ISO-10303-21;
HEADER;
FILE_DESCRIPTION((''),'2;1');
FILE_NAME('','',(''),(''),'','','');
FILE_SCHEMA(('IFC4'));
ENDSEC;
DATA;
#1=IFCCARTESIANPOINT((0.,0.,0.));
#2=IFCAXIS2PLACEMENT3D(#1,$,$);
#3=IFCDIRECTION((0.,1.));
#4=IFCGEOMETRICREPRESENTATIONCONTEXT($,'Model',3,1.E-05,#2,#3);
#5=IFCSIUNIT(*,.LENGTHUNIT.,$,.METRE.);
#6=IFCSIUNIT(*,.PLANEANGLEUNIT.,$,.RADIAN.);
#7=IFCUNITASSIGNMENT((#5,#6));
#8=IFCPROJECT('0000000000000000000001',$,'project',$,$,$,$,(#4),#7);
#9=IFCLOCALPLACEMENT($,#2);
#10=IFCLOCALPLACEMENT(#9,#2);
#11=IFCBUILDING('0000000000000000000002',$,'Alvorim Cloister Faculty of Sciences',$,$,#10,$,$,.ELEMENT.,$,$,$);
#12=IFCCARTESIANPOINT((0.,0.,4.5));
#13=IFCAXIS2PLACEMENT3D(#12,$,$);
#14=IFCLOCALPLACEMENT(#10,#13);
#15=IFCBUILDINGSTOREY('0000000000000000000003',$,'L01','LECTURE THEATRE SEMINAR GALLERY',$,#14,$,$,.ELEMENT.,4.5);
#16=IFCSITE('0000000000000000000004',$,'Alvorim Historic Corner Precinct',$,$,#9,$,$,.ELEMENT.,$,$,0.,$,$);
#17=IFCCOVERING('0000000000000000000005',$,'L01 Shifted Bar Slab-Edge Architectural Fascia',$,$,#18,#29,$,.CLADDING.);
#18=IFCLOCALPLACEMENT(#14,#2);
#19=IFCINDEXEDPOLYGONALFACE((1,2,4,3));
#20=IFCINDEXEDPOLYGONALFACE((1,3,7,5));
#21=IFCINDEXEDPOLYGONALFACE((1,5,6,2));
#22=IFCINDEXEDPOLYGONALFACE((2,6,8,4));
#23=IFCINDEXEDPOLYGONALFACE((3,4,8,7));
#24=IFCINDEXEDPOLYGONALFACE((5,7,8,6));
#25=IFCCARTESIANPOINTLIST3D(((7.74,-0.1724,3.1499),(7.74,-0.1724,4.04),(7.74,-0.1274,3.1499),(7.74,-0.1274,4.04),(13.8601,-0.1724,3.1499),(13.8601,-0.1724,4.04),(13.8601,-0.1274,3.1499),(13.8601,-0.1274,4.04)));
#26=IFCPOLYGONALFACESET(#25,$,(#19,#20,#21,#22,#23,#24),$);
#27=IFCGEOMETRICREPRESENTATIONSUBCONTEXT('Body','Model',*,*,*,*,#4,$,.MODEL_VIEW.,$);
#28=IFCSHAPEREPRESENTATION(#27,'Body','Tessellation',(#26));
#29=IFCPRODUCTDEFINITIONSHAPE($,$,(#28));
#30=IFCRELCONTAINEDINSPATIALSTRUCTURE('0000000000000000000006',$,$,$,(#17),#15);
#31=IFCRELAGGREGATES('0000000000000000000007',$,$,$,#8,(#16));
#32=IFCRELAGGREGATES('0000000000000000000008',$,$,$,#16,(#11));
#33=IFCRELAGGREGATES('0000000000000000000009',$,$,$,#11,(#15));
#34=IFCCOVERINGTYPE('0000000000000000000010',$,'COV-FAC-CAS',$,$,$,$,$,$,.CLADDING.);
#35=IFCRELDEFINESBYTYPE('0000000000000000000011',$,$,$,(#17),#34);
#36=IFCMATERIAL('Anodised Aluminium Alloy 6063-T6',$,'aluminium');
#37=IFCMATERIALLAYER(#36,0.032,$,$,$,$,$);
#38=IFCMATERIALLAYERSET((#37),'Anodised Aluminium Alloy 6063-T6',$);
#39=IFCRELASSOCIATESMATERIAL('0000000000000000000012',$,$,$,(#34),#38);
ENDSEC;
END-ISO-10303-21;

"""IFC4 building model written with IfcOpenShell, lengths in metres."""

from ifc_helpers import new_model, si_unit, direction, frame, origin, place, context, subcontext, project, spatial, polyline, outline, extrude, material, layer, layer_set, type_object, element, save


model = new_model("IFC4")

# Units and contexts
model_context = context("Model", 3, precision=1e-05, world=origin(), true_north=direction((0.0, 1.0)))
body_context = subcontext(model_context, "Body", "Model", "MODEL_VIEW")
ifc_project = project(units=[si_unit("LENGTHUNIT", "METRE"), si_unit("PLANEANGLEUNIT", "RADIAN")], contexts=[model_context])

# Site, building, storey
site_placement = place(None, origin())
site = spatial("IfcSite", under=ifc_project, at=site_placement, Name="Alvorim Historic Corner Precinct", CompositionType="ELEMENT", RefElevation=0.0)
building_placement = place(site_placement, origin())
building = spatial("IfcBuilding", under=site, at=building_placement, Name="Alvorim Cloister Faculty of Sciences", CompositionType="ELEMENT")
storey_placement = place(building_placement, frame((0.0, 0.0, 4.5)))
storey = spatial("IfcBuildingStorey", under=building, at=storey_placement, Name="L01", Description="LECTURE THEATRE SEMINAR GALLERY", CompositionType="ELEMENT", Elevation=4.5)

# Covering
ifc_material_1 = material(Name="Anodised Aluminium Alloy 6063-T6", Category="aluminium")
ifc_layer_1 = layer(ifc_material_1, 0.032)
ifc_layer_set_1 = layer_set([ifc_layer_1], Name="Anodised Aluminium Alloy 6063-T6")
covering_type = type_object("IfcCoveringType", Name="COV-FAC-CAS", PredefinedType="CLADDING", material=ifc_layer_set_1)
covering_placement = place(storey_placement, frame((7.74, -0.1499, 3.1499), z_axis=(0.0, 0.0, 1.0), x_axis=(1.0, 0.0, 0.0)))
element("IfcCovering", 1, at=covering_placement, inside=storey, type_object=covering_type, Name="L01 Shifted Bar Slab-Edge Architectural Fascia", PredefinedType="CLADDING", context=body_context, shape_type="SweptSolid", body=[
    extrude(outline(polyline([(0.0, 0.0), (6.1201, 0.0), (6.1201, 0.8901), (0.0, 0.8901), (0.0, 0.0)])), frame((0.0, 0.0225, 0.0), z_axis=(0.0, -1.0, 0.0), x_axis=(1.0, 0.0, 0.0)), (0.0, 0.0, 1.0), 0.0449),
])

save(model, "model.ifc")
